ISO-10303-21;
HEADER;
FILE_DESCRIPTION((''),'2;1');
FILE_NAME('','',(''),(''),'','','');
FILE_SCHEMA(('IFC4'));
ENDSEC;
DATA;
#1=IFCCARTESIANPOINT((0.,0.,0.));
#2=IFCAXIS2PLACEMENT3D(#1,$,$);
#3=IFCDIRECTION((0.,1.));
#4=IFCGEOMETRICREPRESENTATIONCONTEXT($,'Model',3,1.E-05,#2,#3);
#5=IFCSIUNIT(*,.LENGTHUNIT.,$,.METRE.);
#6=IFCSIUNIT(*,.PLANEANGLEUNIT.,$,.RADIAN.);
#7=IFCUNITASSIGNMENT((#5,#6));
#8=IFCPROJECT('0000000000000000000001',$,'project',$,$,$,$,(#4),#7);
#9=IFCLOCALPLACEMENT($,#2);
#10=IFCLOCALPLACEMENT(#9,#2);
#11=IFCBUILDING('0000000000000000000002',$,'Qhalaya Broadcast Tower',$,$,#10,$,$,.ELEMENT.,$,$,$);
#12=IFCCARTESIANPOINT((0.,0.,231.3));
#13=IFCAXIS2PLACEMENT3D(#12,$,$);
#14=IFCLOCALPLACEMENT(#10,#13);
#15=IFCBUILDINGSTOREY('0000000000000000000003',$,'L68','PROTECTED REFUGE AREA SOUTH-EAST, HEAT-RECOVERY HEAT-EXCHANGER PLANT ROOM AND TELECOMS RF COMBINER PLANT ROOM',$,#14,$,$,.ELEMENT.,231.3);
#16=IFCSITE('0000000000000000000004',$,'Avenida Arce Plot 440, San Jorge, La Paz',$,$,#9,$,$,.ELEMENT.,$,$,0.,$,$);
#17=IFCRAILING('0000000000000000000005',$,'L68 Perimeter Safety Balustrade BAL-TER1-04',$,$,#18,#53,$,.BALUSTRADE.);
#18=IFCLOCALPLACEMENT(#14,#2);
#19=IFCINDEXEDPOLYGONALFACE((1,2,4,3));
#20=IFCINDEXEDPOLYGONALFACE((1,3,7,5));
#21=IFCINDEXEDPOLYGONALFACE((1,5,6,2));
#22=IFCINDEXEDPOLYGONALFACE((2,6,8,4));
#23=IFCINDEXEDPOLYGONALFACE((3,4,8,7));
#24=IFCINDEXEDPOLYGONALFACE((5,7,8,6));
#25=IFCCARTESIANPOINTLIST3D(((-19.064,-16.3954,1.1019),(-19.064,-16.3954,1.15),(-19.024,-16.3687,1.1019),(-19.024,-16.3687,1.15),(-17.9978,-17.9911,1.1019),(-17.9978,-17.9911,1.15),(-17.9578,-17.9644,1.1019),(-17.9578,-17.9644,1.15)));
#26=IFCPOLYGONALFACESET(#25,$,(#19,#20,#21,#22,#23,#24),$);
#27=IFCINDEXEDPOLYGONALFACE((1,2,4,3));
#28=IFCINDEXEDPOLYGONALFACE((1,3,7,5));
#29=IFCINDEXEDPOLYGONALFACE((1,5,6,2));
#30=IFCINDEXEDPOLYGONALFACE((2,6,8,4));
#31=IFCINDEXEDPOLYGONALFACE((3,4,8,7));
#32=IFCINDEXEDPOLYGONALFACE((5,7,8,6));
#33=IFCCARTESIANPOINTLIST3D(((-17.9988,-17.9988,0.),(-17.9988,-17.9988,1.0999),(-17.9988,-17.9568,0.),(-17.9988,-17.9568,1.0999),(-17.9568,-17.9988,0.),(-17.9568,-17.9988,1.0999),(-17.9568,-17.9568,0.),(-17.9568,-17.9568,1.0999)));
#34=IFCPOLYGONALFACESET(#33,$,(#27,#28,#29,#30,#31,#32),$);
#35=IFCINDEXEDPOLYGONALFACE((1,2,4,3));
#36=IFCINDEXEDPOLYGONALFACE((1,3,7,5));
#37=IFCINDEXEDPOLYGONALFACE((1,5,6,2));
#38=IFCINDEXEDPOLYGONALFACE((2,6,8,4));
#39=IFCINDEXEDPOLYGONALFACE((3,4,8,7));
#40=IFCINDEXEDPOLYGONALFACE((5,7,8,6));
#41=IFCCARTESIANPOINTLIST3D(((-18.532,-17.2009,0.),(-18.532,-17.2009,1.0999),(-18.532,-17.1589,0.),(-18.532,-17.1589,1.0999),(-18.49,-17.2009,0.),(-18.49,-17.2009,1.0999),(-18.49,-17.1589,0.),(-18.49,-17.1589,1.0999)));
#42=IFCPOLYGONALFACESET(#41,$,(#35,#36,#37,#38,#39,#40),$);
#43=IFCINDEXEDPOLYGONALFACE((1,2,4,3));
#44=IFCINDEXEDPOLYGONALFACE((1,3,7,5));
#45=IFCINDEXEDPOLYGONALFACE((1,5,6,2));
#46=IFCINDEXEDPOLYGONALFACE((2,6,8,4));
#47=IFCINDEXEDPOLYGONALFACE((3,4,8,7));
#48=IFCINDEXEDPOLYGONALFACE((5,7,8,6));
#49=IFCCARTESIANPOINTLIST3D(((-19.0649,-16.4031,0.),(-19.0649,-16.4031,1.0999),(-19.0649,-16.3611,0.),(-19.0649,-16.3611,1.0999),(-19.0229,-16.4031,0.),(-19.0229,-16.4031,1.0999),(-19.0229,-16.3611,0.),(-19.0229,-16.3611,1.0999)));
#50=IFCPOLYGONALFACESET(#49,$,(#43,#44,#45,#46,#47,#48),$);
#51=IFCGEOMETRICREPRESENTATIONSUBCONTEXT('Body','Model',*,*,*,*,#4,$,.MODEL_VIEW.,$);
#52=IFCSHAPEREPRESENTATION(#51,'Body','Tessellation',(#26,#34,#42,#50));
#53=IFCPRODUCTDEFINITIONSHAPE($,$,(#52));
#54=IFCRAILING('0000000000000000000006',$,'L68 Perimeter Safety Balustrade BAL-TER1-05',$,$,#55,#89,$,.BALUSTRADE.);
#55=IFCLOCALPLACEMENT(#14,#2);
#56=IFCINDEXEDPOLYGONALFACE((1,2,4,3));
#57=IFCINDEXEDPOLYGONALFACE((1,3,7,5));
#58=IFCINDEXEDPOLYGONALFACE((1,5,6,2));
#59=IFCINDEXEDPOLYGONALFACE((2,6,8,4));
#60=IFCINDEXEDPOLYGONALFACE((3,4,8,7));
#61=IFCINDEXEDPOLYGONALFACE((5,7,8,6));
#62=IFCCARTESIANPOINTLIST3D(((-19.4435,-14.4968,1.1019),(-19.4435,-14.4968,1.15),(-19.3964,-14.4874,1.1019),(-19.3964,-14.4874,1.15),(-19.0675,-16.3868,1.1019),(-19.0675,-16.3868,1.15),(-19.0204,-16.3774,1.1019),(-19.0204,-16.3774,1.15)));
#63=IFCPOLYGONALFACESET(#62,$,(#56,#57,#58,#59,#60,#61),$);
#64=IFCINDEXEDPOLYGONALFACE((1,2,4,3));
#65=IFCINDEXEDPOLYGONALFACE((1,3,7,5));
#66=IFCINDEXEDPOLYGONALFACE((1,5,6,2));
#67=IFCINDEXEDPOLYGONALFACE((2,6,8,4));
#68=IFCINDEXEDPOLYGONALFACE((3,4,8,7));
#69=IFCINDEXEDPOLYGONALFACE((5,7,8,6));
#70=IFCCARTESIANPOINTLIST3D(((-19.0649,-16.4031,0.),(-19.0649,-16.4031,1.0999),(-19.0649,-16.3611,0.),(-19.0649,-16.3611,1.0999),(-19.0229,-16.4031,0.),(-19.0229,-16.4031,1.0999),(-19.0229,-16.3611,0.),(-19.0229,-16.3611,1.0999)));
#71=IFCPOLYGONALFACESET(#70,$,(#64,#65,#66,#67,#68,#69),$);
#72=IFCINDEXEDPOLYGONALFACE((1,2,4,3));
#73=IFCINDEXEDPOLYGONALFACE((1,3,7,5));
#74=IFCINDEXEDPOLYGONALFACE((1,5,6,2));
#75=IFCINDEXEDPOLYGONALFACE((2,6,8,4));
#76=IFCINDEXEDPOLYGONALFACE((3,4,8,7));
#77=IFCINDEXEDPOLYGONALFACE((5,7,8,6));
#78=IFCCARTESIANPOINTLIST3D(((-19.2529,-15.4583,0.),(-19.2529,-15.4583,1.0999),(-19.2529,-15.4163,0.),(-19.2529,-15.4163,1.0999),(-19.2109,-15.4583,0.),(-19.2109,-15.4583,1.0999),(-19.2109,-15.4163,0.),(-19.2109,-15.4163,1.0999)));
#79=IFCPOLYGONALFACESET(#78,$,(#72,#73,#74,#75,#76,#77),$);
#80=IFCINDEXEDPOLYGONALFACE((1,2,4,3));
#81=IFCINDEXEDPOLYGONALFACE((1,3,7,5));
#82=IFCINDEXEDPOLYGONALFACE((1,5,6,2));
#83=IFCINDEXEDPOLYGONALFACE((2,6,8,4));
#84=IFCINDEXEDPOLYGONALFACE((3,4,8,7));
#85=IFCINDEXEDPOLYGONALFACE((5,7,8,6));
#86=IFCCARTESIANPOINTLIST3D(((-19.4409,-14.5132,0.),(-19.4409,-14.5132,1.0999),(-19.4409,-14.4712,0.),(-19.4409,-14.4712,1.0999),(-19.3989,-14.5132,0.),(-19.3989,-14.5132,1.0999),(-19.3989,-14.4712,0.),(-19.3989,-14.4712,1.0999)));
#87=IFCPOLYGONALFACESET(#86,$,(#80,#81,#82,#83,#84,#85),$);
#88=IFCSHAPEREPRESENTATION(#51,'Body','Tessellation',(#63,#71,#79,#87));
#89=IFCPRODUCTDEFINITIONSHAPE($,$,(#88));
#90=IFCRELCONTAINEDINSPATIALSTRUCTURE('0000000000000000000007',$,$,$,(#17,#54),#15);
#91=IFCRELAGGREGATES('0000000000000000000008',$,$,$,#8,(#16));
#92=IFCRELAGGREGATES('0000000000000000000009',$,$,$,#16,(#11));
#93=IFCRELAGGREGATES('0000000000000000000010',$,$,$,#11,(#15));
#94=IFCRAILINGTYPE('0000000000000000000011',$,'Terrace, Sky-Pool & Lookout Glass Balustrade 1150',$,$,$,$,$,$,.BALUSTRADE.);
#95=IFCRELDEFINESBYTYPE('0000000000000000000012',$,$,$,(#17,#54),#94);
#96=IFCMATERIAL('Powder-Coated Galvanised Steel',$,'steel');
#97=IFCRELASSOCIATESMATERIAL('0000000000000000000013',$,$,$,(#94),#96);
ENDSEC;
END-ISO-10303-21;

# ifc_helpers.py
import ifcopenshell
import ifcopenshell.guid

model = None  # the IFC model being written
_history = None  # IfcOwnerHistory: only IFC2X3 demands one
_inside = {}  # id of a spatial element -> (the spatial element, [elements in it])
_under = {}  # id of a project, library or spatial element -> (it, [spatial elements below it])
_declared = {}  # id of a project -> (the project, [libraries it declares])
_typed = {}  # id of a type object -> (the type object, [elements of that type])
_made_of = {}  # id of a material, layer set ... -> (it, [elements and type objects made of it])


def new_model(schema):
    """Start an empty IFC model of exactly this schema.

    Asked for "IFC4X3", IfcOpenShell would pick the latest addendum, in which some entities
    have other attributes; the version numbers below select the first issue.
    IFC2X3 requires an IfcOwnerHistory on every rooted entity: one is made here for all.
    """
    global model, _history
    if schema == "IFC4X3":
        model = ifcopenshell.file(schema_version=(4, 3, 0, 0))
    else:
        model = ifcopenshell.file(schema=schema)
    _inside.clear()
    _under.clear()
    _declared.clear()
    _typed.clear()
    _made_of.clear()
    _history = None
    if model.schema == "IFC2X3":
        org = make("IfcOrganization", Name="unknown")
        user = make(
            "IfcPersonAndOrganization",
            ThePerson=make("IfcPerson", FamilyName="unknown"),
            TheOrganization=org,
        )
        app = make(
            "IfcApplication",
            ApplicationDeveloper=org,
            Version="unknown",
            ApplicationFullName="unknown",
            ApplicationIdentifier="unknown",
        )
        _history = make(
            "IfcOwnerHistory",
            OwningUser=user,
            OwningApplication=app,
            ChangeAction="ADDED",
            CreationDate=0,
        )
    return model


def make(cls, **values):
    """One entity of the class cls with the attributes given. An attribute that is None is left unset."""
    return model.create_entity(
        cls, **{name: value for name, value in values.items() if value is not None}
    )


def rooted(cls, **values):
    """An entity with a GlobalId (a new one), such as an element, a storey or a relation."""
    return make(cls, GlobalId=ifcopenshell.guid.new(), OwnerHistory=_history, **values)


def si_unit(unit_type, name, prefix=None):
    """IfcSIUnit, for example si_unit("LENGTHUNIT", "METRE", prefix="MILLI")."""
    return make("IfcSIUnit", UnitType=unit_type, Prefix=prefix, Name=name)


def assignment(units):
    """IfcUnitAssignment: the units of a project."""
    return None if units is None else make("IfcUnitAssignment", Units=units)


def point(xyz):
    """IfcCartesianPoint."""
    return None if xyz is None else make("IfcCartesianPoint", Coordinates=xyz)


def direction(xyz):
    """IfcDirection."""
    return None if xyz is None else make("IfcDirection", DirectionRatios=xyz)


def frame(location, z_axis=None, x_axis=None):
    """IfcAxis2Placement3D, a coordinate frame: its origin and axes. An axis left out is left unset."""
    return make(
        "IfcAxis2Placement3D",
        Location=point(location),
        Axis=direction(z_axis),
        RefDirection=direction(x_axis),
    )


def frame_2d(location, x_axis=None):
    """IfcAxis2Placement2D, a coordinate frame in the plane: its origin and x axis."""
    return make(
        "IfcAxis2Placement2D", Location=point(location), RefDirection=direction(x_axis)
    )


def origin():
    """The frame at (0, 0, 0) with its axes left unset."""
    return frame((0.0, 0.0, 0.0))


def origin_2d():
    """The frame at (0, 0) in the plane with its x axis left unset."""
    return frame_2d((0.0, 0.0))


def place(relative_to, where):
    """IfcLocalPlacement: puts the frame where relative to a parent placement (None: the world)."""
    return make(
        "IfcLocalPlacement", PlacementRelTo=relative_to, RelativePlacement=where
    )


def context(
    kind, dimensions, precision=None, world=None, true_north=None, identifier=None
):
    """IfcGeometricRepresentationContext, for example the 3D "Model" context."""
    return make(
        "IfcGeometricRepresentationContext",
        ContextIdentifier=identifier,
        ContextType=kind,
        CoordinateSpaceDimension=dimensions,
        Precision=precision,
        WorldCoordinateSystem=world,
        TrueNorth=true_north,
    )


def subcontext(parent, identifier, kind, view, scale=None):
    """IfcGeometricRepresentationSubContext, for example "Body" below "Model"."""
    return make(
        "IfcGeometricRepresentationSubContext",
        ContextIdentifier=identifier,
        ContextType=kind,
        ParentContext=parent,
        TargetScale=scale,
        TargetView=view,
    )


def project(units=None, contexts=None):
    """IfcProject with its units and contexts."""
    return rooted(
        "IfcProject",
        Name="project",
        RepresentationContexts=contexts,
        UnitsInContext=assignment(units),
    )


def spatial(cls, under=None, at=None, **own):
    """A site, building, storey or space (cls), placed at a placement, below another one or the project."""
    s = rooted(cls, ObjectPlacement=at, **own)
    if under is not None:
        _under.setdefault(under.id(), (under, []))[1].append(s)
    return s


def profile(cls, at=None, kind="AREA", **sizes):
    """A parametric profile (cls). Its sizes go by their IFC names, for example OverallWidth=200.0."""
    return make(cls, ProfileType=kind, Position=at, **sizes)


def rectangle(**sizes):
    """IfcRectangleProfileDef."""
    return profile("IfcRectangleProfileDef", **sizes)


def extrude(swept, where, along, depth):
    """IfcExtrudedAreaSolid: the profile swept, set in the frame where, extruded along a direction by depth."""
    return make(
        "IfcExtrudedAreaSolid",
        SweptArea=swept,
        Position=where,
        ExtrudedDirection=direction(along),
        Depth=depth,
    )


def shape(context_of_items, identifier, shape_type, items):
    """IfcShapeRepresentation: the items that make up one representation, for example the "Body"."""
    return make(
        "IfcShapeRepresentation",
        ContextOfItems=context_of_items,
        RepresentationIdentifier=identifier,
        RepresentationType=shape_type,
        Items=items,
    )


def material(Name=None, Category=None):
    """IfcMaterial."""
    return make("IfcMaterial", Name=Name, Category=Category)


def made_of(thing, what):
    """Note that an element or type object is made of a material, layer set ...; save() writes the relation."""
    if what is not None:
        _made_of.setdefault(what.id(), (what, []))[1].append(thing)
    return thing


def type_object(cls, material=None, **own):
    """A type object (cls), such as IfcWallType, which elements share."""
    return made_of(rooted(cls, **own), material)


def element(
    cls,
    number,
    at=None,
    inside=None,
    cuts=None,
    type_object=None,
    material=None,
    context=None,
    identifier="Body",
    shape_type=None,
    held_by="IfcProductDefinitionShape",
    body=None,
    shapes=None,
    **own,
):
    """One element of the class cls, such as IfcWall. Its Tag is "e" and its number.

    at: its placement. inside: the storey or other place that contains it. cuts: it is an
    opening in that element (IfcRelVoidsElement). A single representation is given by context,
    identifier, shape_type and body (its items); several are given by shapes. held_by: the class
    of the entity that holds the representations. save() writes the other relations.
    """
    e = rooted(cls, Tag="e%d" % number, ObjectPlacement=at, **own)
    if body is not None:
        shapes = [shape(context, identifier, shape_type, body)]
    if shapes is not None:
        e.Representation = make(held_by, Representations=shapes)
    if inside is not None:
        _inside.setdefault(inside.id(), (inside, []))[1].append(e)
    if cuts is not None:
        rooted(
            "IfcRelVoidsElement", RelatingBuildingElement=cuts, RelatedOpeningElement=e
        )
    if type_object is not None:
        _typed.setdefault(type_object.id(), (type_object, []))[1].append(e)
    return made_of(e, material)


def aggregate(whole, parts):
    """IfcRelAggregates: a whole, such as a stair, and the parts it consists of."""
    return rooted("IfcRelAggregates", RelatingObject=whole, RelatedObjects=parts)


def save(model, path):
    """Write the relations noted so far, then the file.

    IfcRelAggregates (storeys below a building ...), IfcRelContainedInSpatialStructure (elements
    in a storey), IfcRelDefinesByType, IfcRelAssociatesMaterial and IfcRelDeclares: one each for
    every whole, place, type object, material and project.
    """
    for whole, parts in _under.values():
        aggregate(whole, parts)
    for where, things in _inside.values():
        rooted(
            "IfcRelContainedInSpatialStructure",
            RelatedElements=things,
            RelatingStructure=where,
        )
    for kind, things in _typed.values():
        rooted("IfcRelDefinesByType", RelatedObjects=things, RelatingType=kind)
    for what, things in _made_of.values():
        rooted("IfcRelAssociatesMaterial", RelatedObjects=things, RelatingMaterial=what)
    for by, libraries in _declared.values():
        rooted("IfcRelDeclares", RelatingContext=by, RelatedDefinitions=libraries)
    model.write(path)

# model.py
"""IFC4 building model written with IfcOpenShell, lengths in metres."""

from ifc_helpers import new_model, si_unit, direction, frame, origin, origin_2d, place, context, subcontext, project, spatial, rectangle, extrude, material, type_object, element, save


model = new_model("IFC4")

# Units and contexts
model_context = context("Model", 3, precision=1e-05, world=origin(), true_north=direction((0.0, 1.0)))
body_context = subcontext(model_context, "Body", "Model", "MODEL_VIEW")
ifc_project = project(units=[si_unit("LENGTHUNIT", "METRE"), si_unit("PLANEANGLEUNIT", "RADIAN")], contexts=[model_context])

# Site, building, storey
site_placement = place(None, origin())
site = spatial("IfcSite", under=ifc_project, at=site_placement, Name="Avenida Arce Plot 440, San Jorge, La Paz", CompositionType="ELEMENT", RefElevation=0.0)
building_placement = place(site_placement, origin())
building = spatial("IfcBuilding", under=site, at=building_placement, Name="Qhalaya Broadcast Tower", CompositionType="ELEMENT")
storey_placement = place(building_placement, frame((0.0, 0.0, 231.3)))
storey = spatial("IfcBuildingStorey", under=building, at=storey_placement, Name="L68", Description="PROTECTED REFUGE AREA SOUTH-EAST, HEAT-RECOVERY HEAT-EXCHANGER PLANT ROOM AND TELECOMS RF COMBINER PLANT ROOM", CompositionType="ELEMENT", Elevation=231.3)

# Railings
ifc_material_1 = material(Name="Powder-Coated Galvanised Steel", Category="steel")
railing_type = type_object("IfcRailingType", Name="Terrace, Sky-Pool & Lookout Glass Balustrade 1150", PredefinedType="BALUSTRADE", material=ifc_material_1)
railing_1_placement = place(storey_placement, frame((-17.9778, -17.9778, 0.0)))
element("IfcRailing", 1, at=railing_1_placement, inside=storey, type_object=railing_type, Name="L68 Perimeter Safety Balustrade BAL-TER1-04", PredefinedType="BALUSTRADE", context=body_context, shape_type="SweptSolid", body=[
    extrude(rectangle(XDim=0.0481, YDim=0.0481, at=origin_2d()), frame((0.0, 0.0, 1.126), z_axis=(-0.555551, 0.831482, 0.0), x_axis=(-0.831482, -0.555551, 0.0)), (0.0, 0.0, 1.0), 1.9192),
    extrude(rectangle(XDim=0.042, YDim=0.042, at=origin_2d()), origin(), (0.0, 0.0, 1.0), 1.0999),
    extrude(rectangle(XDim=0.042, YDim=0.042, at=origin_2d()), frame((-0.5332, 0.7979, 0.0)), (0.0, 0.0, 1.0), 1.0999),
    extrude(rectangle(XDim=0.042, YDim=0.042, at=origin_2d()), frame((-1.0662, 1.5957, 0.0)), (0.0, 0.0, 1.0), 1.0999),
])
railing_2_placement = place(storey_placement, frame((-19.0439, -16.3821, 0.0)))
element("IfcRailing", 2, at=railing_2_placement, inside=storey, type_object=railing_type, Name="L68 Perimeter Safety Balustrade BAL-TER1-05", PredefinedType="BALUSTRADE", context=body_context, shape_type="SweptSolid", body=[
    extrude(rectangle(XDim=0.0481, YDim=0.0481, at=origin_2d()), frame((0.0, 0.0, 1.126), z_axis=(-0.195117, 0.98078, 0.0), x_axis=(-0.98078, -0.195117, 0.0)), (0.0, 0.0, 1.0), 1.927),
    extrude(rectangle(XDim=0.042, YDim=0.042, at=origin_2d()), origin(), (0.0, 0.0, 1.0), 1.0999),
    extrude(rectangle(XDim=0.042, YDim=0.042, at=origin_2d()), frame((-0.188, 0.9448, 0.0)), (0.0, 0.0, 1.0), 1.0999),
    extrude(rectangle(XDim=0.042, YDim=0.042, at=origin_2d()), frame((-0.376, 1.8899, 0.0)), (0.0, 0.0, 1.0), 1.0999),
])

save(model, "model.ifc")
